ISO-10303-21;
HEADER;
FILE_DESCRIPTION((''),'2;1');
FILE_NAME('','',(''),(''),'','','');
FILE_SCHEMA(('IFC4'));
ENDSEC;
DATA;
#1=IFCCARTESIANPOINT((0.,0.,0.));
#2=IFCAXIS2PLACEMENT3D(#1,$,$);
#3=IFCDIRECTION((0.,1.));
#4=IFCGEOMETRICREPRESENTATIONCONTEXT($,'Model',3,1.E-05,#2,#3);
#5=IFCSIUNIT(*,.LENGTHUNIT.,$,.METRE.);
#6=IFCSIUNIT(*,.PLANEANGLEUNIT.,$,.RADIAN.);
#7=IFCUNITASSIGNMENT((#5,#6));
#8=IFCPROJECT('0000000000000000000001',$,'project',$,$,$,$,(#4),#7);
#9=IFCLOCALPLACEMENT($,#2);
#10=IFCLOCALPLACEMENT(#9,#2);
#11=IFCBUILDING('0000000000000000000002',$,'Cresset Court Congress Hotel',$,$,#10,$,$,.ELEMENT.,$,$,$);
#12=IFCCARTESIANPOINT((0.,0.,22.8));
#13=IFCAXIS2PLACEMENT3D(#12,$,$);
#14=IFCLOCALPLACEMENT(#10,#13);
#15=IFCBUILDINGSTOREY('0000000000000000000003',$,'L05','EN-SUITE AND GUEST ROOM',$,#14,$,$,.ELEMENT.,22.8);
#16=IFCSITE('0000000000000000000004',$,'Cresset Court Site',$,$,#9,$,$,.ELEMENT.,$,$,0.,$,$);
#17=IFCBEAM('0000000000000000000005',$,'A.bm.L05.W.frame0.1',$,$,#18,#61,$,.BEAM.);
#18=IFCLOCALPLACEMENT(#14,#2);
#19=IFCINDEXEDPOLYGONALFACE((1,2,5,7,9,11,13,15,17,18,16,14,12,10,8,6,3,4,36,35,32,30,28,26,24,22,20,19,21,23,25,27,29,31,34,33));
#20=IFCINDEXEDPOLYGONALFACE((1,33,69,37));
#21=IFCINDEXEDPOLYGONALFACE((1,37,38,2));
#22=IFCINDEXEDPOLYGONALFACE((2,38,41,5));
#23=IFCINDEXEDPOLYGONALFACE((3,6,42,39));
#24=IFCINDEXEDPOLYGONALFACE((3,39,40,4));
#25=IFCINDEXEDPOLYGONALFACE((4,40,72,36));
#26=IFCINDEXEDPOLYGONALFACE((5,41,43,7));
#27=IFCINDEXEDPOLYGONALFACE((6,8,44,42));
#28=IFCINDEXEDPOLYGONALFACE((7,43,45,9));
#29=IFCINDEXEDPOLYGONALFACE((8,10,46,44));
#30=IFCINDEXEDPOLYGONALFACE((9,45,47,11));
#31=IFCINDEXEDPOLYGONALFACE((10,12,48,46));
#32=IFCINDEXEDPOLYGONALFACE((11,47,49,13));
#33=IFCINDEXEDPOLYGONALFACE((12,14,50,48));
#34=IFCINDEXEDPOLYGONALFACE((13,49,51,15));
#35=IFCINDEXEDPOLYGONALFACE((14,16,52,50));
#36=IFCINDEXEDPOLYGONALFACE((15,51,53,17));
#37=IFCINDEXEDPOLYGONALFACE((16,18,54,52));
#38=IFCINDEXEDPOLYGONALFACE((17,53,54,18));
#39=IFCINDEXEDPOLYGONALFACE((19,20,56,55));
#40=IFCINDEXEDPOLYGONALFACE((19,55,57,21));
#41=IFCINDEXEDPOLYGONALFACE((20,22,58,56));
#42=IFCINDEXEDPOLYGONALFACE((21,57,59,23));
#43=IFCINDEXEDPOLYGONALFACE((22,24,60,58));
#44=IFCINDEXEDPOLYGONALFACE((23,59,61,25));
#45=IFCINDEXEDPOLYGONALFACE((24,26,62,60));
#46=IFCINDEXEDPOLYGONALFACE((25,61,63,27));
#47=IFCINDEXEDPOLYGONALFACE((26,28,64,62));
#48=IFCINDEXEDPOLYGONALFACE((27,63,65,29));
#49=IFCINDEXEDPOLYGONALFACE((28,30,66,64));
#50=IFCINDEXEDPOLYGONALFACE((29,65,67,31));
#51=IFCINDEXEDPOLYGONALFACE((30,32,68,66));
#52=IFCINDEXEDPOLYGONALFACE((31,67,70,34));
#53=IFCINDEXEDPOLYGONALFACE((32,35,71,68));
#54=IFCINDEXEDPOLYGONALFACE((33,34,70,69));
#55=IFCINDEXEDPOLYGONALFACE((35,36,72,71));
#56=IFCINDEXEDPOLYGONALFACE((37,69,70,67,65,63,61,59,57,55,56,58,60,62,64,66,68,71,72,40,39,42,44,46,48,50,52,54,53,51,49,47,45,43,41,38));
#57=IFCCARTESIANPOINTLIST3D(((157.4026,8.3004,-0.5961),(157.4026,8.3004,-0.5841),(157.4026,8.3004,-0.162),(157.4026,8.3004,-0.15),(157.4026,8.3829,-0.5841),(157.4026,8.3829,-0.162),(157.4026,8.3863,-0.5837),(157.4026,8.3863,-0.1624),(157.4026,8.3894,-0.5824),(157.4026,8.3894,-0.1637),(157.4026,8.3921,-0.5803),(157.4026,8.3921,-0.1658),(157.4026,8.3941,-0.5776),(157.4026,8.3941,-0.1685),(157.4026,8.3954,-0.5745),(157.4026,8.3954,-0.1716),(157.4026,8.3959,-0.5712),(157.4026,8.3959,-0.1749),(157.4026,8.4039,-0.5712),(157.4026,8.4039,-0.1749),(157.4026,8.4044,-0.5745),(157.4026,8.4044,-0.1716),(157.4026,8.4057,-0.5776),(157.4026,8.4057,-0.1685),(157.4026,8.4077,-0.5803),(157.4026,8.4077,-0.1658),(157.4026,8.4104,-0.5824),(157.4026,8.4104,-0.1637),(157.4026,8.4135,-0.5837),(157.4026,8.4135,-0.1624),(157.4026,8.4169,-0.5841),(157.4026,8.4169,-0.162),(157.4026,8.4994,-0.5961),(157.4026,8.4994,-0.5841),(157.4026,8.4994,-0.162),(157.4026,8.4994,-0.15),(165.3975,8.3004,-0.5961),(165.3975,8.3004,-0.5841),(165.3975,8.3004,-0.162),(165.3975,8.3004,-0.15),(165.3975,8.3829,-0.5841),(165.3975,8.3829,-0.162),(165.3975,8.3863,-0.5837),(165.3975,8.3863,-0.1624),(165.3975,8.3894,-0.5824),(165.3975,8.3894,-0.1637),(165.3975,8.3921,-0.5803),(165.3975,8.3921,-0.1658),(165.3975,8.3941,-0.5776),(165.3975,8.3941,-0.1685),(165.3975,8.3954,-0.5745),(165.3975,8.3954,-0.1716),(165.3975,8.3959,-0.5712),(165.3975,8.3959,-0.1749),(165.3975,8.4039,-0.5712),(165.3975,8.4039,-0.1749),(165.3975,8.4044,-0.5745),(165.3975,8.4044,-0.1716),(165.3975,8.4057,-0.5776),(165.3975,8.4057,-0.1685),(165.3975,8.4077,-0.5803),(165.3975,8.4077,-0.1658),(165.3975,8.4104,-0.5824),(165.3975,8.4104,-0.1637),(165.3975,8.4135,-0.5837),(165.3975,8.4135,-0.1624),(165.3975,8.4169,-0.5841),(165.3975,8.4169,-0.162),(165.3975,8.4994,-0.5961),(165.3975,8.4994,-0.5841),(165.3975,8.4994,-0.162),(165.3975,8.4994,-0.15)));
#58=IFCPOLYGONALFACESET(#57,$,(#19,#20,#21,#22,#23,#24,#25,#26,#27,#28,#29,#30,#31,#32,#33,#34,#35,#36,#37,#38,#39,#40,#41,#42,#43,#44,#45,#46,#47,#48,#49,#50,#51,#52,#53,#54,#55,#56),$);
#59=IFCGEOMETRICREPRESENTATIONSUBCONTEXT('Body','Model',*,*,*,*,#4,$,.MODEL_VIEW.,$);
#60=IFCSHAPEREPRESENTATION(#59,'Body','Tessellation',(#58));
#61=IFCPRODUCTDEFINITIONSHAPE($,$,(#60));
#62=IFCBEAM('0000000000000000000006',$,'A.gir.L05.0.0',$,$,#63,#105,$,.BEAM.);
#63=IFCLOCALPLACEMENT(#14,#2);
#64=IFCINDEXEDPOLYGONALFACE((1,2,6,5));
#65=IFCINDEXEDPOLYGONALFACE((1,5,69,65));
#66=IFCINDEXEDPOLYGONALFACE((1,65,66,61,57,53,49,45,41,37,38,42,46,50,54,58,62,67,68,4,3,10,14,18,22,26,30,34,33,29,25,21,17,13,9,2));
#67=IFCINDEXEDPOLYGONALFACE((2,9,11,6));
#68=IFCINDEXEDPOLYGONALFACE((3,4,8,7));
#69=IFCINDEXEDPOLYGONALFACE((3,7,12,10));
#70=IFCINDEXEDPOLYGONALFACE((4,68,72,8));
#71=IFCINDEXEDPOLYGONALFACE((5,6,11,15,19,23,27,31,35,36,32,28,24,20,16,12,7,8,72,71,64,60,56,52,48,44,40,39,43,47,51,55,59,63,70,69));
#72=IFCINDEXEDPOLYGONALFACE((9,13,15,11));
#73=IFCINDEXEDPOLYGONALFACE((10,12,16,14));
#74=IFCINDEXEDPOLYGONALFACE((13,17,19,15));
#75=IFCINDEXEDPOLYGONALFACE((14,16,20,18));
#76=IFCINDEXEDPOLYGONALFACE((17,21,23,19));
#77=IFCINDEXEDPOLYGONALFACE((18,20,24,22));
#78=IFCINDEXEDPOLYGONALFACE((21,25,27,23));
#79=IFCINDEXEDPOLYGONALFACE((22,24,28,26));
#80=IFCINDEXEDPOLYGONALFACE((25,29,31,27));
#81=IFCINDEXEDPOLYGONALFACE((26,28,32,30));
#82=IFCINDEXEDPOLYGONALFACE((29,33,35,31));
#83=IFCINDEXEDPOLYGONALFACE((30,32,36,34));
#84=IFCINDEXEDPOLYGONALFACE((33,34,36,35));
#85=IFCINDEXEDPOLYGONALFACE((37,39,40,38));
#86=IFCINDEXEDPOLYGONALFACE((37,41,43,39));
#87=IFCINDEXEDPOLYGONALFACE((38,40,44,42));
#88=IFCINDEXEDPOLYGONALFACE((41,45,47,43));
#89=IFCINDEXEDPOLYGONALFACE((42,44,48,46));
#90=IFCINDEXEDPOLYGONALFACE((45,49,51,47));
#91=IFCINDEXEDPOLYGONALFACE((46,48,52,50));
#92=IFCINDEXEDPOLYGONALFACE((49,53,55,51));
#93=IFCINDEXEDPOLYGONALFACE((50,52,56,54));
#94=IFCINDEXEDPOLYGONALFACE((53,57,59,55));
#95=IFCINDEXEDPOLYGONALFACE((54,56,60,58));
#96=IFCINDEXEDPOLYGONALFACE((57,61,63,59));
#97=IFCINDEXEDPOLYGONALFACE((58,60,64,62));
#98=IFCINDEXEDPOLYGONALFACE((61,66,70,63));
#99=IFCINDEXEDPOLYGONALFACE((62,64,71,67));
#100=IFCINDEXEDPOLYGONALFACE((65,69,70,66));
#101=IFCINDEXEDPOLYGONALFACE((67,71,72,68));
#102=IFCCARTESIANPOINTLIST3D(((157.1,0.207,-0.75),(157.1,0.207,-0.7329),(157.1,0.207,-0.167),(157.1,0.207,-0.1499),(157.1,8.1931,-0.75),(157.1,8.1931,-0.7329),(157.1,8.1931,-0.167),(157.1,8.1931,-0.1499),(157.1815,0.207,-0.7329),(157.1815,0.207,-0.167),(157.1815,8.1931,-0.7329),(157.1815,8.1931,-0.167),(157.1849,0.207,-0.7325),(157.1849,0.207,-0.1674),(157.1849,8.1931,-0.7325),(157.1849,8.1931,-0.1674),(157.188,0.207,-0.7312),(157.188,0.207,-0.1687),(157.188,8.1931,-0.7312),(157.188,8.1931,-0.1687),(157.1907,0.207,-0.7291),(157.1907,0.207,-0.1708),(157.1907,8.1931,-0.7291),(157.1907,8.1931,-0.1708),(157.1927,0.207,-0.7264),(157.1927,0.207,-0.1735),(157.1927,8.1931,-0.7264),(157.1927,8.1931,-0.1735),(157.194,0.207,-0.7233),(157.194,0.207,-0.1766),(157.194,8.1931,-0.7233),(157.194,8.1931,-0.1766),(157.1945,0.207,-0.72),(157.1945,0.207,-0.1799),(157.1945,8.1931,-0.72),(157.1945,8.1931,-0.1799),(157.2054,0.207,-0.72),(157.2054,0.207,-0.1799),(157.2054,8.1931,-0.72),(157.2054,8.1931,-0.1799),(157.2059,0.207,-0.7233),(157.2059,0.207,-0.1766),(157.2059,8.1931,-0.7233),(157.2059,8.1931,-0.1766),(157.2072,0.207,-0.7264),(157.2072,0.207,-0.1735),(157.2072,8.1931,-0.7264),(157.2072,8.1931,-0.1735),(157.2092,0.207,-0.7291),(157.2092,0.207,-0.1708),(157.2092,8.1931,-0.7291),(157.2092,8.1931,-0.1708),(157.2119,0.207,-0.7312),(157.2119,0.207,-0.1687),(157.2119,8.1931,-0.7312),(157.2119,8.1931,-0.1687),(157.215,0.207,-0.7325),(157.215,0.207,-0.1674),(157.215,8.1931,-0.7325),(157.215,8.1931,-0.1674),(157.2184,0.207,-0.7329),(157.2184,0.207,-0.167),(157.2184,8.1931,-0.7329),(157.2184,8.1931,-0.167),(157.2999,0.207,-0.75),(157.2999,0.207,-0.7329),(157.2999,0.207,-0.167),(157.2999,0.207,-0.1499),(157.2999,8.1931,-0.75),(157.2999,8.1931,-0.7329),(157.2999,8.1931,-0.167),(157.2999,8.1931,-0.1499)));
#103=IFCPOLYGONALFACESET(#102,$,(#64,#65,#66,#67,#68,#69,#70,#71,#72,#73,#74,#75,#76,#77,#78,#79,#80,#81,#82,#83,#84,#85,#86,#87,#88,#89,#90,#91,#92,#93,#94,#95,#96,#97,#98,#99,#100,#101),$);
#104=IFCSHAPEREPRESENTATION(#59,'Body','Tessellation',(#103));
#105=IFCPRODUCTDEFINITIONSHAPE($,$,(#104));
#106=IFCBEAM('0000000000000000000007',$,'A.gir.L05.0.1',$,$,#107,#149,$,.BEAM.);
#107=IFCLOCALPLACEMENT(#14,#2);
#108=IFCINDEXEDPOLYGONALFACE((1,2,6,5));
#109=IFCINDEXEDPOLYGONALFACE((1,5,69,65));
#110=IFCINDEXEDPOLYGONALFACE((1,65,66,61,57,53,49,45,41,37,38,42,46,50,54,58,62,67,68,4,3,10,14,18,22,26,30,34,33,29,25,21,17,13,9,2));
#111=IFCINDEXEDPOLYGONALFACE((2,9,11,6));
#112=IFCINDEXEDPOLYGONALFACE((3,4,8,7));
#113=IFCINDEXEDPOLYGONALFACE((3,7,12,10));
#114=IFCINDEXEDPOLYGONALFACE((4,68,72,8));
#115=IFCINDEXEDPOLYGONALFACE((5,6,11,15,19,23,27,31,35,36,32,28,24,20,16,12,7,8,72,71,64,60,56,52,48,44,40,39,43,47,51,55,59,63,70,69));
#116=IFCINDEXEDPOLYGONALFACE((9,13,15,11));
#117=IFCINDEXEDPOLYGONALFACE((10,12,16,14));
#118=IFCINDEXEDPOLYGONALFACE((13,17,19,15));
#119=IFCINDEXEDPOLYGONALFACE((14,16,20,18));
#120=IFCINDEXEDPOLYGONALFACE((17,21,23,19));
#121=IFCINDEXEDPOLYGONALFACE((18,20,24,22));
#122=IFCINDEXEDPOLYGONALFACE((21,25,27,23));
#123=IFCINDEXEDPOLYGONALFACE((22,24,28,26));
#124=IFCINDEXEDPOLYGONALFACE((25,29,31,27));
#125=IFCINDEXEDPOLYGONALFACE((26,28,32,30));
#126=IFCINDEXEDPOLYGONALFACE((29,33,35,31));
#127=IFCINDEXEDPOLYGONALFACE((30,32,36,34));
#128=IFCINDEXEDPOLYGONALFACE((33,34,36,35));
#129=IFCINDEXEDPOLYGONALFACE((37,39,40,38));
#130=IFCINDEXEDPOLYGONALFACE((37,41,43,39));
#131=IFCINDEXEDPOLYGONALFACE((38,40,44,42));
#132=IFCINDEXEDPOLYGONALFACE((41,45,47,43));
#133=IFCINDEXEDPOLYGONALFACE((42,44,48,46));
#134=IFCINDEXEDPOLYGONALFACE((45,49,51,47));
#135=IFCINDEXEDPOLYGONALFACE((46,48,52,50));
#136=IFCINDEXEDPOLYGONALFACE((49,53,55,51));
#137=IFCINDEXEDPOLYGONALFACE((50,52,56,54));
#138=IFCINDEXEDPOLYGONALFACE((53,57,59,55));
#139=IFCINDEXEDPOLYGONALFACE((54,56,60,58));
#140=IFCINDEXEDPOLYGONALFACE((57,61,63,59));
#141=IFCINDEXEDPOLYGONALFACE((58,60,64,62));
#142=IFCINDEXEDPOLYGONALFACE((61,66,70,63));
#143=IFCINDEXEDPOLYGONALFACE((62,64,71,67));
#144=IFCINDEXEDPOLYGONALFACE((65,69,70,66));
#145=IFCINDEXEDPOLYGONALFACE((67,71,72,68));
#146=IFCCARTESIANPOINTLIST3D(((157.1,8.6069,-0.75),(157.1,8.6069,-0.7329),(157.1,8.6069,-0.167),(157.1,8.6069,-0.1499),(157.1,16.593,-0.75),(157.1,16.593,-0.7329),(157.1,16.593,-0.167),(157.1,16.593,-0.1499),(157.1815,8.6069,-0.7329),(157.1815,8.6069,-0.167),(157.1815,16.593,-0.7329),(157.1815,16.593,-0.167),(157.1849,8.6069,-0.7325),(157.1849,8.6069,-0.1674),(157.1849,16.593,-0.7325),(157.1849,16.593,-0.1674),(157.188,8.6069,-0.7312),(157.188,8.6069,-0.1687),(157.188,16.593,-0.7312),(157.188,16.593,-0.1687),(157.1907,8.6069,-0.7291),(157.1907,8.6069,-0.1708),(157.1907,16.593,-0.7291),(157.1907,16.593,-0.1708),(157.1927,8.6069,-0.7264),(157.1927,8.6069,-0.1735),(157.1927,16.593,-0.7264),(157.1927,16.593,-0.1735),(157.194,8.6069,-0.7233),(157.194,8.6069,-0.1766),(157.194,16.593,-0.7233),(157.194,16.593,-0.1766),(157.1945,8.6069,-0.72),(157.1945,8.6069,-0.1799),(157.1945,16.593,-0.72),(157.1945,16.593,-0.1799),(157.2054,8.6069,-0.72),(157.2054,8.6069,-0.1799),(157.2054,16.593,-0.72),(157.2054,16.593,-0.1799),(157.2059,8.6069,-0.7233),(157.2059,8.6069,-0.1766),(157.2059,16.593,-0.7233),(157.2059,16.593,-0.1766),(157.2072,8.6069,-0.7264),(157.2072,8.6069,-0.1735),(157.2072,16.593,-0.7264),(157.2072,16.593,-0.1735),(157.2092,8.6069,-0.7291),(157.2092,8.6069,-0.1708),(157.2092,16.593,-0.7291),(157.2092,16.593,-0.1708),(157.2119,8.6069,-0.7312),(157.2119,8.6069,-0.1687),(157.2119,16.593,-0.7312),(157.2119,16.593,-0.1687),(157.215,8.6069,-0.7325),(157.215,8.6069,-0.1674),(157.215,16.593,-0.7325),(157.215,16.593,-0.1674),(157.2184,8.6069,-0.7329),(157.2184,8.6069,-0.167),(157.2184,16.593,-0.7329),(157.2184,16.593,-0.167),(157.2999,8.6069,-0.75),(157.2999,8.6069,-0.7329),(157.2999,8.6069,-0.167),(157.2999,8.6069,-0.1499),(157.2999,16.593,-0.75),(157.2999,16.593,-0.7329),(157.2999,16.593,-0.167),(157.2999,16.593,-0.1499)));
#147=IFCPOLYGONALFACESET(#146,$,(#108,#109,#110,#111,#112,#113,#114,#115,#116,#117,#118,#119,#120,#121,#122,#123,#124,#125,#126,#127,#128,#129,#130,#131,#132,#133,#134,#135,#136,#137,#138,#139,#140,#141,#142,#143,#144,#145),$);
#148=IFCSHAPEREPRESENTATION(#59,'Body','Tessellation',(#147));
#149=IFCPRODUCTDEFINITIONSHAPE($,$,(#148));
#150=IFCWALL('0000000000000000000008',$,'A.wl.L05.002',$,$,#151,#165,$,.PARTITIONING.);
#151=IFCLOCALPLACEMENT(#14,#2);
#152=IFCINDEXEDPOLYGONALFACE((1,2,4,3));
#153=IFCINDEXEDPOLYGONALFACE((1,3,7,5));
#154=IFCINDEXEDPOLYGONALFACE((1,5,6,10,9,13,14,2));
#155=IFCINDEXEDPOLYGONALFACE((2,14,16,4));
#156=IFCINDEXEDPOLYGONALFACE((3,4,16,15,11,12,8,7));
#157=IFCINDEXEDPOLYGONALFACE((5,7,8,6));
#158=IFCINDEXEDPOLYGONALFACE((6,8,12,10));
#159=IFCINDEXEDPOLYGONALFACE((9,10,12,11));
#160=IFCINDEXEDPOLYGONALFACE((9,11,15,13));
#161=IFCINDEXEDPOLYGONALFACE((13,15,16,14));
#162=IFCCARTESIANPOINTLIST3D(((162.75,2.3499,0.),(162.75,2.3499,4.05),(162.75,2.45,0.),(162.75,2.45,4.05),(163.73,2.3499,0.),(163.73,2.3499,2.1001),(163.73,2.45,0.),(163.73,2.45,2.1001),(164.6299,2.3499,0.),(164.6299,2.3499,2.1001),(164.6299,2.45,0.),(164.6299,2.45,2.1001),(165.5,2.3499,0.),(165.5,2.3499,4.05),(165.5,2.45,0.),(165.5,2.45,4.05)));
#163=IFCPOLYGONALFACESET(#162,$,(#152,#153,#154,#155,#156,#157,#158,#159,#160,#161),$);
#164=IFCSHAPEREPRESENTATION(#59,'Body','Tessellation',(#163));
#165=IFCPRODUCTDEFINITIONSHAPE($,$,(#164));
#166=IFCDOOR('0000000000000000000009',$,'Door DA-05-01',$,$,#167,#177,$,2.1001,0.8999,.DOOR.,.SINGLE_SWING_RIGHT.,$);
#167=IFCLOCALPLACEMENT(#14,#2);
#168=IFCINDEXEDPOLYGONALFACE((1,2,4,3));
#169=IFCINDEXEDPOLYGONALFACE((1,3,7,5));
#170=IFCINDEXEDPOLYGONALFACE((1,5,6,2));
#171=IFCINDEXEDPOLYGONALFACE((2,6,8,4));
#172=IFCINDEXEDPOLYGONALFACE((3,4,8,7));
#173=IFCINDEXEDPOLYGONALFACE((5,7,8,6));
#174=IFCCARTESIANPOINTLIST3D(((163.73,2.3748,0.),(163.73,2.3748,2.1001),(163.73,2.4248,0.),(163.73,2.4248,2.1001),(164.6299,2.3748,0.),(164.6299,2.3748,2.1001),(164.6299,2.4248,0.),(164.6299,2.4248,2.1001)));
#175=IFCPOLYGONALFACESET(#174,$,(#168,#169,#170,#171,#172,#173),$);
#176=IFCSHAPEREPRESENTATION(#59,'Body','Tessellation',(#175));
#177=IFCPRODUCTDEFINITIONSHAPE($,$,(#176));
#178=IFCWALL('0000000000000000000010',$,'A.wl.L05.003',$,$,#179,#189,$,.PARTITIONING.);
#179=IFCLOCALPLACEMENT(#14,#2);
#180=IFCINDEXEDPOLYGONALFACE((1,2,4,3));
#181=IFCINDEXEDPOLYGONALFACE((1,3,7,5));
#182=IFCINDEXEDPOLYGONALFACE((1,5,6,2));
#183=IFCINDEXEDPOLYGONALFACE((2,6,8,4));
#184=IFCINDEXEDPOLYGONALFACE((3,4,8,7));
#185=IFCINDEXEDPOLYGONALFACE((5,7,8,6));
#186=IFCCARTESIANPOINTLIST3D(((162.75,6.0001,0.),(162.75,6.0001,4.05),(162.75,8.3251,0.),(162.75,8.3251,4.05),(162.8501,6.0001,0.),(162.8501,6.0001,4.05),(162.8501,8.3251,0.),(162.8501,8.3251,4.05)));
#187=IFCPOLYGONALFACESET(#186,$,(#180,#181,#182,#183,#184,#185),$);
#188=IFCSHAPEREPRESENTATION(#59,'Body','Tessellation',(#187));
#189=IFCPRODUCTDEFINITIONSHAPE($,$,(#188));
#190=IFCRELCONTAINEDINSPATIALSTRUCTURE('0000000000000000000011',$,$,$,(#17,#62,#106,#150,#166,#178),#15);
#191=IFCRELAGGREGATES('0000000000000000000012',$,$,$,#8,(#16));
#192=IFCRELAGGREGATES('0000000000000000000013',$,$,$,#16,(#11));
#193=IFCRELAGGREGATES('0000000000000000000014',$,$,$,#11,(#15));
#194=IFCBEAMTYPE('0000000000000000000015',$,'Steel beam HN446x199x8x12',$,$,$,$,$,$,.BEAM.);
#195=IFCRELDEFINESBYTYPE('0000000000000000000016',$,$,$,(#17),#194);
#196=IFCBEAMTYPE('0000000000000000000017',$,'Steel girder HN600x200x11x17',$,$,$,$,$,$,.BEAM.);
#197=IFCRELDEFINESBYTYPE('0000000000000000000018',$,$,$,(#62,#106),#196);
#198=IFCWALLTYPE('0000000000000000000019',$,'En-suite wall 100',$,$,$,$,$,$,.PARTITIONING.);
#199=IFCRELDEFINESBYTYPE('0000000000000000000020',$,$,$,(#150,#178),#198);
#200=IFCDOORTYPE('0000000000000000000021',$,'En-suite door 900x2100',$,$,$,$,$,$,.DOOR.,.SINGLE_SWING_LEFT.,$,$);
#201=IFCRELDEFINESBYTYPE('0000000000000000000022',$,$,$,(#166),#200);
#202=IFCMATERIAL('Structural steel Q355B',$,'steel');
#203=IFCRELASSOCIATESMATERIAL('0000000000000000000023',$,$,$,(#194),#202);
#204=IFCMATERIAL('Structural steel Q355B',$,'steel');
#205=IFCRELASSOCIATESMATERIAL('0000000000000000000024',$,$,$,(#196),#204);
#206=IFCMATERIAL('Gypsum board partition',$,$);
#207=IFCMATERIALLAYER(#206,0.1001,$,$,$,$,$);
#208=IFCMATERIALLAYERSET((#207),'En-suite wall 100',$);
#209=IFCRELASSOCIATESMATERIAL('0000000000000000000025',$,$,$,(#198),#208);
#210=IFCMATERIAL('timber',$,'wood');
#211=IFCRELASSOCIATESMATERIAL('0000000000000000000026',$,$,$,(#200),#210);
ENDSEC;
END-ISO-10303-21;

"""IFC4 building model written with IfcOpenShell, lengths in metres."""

from ifc_helpers import new_model, si_unit, direction, frame, frame_2d, origin, origin_2d, place, context, subcontext, project, spatial, rectangle, i_section, extrude, material, layer, layer_set, material_profile, profile_set, type_object, element, fill, save


model = new_model("IFC4")

# Units and contexts
model_context = context("Model", 3, precision=1e-05, world=origin(), true_north=direction((0.0, 1.0)))
body_context = subcontext(model_context, "Body", "Model", "MODEL_VIEW")
ifc_project = project(units=[si_unit("LENGTHUNIT", "METRE"), si_unit("PLANEANGLEUNIT", "RADIAN")], contexts=[model_context])

# Site, building, storey
site_placement = place(None, origin())
site = spatial("IfcSite", under=ifc_project, at=site_placement, Name="Cresset Court Site", CompositionType="ELEMENT", RefElevation=0.0)
building_placement = place(site_placement, origin())
building = spatial("IfcBuilding", under=site, at=building_placement, Name="Cresset Court Congress Hotel", CompositionType="ELEMENT")
storey_placement = place(building_placement, frame((0.0, 0.0, 22.8)))
storey = spatial("IfcBuildingStorey", under=building, at=storey_placement, Name="L05", Description="EN-SUITE AND GUEST ROOM", CompositionType="ELEMENT", Elevation=22.8)

# Beams
ifc_material_1 = material(Name="Structural steel Q355B", Category="steel")
ifc_material_profile_1 = material_profile(ifc_material_1, i_section(OverallWidth=0.199, OverallDepth=0.446, WebThickness=0.0081, FlangeThickness=0.012, FilletRadius=0.0129, at=origin_2d()), Name="HN446x199x8x12")
ifc_profile_set_1 = profile_set([ifc_material_profile_1], Name="Structural steel Q355B")
beam_type_1 = type_object("IfcBeamType", Name="Steel beam HN446x199x8x12", PredefinedType="BEAM", material=ifc_profile_set_1)
beam_1_placement = place(storey_placement, frame((157.4026, 8.3999, -0.373), z_axis=(1.0, 0.0, 0.0), x_axis=(0.0, 1.0, 0.0)))
element("IfcBeam", 1, at=beam_1_placement, inside=storey, type_object=beam_type_1, Name="A.bm.L05.W.frame0.1", PredefinedType="BEAM", context=body_context, shape_type="SweptSolid", body=[
    extrude(i_section(OverallWidth=0.199, OverallDepth=0.446, WebThickness=0.0081, FlangeThickness=0.012, FilletRadius=0.0129, at=origin_2d()), origin(), (0.0, 0.0, 1.0), 7.9949),
])
ifc_material_2 = material(Name="Structural steel Q355B", Category="steel")
ifc_material_profile_2 = material_profile(ifc_material_2, i_section(OverallWidth=0.2, OverallDepth=0.6001, WebThickness=0.011, FlangeThickness=0.0171, FilletRadius=0.0129, at=origin_2d()), Name="HN600x200x11x17")
ifc_profile_set_2 = profile_set([ifc_material_profile_2], Name="Structural steel Q355B")
beam_type_2 = type_object("IfcBeamType", Name="Steel girder HN600x200x11x17", PredefinedType="BEAM", material=ifc_profile_set_2)
for number, where, z_axis, x_axis, name in (
    (2, (157.2, 0.207, -0.45), (0.0, 1.0, 0.0), (-1.0, 0.0, 0.0), "A.gir.L05.0.0"),
    (3, (157.2, 8.6069, -0.45), (0.0, 1.0, 0.0), (-1.0, 0.0, 0.0), "A.gir.L05.0.1"),
):
    element("IfcBeam", number, at=place(storey_placement, frame(where, z_axis=z_axis, x_axis=x_axis)), inside=storey, type_object=beam_type_2, Name=name, PredefinedType="BEAM", context=body_context, shape_type="SweptSolid", body=[
        extrude(i_section(OverallWidth=0.2, OverallDepth=0.6001, WebThickness=0.011, FlangeThickness=0.0171, FilletRadius=0.0129, at=origin_2d()), origin(), (0.0, 0.0, 1.0), 7.9861),
    ])

# Shared definitions
ifc_material_3 = material(Name="Gypsum board partition")
ifc_layer_1 = layer(ifc_material_3, 0.1001)
ifc_layer_set_1 = layer_set([ifc_layer_1], Name="En-suite wall 100")
wall_type_1 = type_object("IfcWallType", Name="En-suite wall 100", PredefinedType="PARTITIONING", material=ifc_layer_set_1)

# Wall, opening, door
wall_1_placement = place(storey_placement, frame((162.75, 2.3999, 0.0), z_axis=(0.0, 0.0, 1.0), x_axis=(1.0, 0.0, 0.0)))
wall_1 = element("IfcWall", 4, at=wall_1_placement, inside=storey, type_object=wall_type_1, Name="A.wl.L05.002", PredefinedType="PARTITIONING", context=body_context, shape_type="SweptSolid", body=[
    extrude(rectangle(XDim=2.75, YDim=0.1001, at=frame_2d((1.375, 0.0))), origin(), (0.0, 0.0, 1.0), 4.05),
])
opening_1_placement = place(wall_1_placement, frame((0.98, 0.0, 0.0)))
opening_1 = element("IfcOpeningElement", 5, at=opening_1_placement, cuts=wall_1, PredefinedType="OPENING", context=body_context, shape_type="SweptSolid", body=[
    extrude(rectangle(XDim=0.8999, YDim=2.1001, at=frame_2d((0.45, 1.05))), frame((0.0, 0.0601, 0.0), z_axis=(0.0, -1.0, 0.0), x_axis=(1.0, 0.0, 0.0)), (0.0, 0.0, 1.0), 0.1201),
])
ifc_material_4 = material(Name="timber", Category="wood")
door_type_1 = type_object("IfcDoorType", Name="En-suite door 900x2100", OperationType="SINGLE_SWING_LEFT", PredefinedType="DOOR", material=ifc_material_4)
door_1_placement = place(opening_1_placement, origin())
door_1 = element("IfcDoor", 6, at=door_1_placement, inside=storey, type_object=door_type_1, Name="Door DA-05-01", OperationType="SINGLE_SWING_RIGHT", OverallHeight=2.1001, OverallWidth=0.8999, PredefinedType="DOOR", context=body_context, shape_type="SweptSolid", body=[
    extrude(rectangle(XDim=0.8999, YDim=2.1001, at=frame_2d((0.45, 1.05))), frame((0.0, 0.0249, 0.0), z_axis=(0.0, -1.0, 0.0), x_axis=(1.0, 0.0, 0.0)), (0.0, 0.0, 1.0), 0.05),
])
fill(opening_1, door_1)

# Wall
wall_2_placement = place(storey_placement, frame((162.8, 6.0, 0.0), z_axis=(0.0, 0.0, 1.0), x_axis=(0.0, 1.0, 0.0)))
element("IfcWall", 7, at=wall_2_placement, inside=storey, type_object=wall_type_1, Name="A.wl.L05.003", PredefinedType="PARTITIONING", context=body_context, shape_type="SweptSolid", body=[
    extrude(rectangle(XDim=2.325, YDim=0.1001, at=frame_2d((1.1626, 0.0))), origin(), (0.0, 0.0, 1.0), 4.05),
])

save(model, "model.ifc")
